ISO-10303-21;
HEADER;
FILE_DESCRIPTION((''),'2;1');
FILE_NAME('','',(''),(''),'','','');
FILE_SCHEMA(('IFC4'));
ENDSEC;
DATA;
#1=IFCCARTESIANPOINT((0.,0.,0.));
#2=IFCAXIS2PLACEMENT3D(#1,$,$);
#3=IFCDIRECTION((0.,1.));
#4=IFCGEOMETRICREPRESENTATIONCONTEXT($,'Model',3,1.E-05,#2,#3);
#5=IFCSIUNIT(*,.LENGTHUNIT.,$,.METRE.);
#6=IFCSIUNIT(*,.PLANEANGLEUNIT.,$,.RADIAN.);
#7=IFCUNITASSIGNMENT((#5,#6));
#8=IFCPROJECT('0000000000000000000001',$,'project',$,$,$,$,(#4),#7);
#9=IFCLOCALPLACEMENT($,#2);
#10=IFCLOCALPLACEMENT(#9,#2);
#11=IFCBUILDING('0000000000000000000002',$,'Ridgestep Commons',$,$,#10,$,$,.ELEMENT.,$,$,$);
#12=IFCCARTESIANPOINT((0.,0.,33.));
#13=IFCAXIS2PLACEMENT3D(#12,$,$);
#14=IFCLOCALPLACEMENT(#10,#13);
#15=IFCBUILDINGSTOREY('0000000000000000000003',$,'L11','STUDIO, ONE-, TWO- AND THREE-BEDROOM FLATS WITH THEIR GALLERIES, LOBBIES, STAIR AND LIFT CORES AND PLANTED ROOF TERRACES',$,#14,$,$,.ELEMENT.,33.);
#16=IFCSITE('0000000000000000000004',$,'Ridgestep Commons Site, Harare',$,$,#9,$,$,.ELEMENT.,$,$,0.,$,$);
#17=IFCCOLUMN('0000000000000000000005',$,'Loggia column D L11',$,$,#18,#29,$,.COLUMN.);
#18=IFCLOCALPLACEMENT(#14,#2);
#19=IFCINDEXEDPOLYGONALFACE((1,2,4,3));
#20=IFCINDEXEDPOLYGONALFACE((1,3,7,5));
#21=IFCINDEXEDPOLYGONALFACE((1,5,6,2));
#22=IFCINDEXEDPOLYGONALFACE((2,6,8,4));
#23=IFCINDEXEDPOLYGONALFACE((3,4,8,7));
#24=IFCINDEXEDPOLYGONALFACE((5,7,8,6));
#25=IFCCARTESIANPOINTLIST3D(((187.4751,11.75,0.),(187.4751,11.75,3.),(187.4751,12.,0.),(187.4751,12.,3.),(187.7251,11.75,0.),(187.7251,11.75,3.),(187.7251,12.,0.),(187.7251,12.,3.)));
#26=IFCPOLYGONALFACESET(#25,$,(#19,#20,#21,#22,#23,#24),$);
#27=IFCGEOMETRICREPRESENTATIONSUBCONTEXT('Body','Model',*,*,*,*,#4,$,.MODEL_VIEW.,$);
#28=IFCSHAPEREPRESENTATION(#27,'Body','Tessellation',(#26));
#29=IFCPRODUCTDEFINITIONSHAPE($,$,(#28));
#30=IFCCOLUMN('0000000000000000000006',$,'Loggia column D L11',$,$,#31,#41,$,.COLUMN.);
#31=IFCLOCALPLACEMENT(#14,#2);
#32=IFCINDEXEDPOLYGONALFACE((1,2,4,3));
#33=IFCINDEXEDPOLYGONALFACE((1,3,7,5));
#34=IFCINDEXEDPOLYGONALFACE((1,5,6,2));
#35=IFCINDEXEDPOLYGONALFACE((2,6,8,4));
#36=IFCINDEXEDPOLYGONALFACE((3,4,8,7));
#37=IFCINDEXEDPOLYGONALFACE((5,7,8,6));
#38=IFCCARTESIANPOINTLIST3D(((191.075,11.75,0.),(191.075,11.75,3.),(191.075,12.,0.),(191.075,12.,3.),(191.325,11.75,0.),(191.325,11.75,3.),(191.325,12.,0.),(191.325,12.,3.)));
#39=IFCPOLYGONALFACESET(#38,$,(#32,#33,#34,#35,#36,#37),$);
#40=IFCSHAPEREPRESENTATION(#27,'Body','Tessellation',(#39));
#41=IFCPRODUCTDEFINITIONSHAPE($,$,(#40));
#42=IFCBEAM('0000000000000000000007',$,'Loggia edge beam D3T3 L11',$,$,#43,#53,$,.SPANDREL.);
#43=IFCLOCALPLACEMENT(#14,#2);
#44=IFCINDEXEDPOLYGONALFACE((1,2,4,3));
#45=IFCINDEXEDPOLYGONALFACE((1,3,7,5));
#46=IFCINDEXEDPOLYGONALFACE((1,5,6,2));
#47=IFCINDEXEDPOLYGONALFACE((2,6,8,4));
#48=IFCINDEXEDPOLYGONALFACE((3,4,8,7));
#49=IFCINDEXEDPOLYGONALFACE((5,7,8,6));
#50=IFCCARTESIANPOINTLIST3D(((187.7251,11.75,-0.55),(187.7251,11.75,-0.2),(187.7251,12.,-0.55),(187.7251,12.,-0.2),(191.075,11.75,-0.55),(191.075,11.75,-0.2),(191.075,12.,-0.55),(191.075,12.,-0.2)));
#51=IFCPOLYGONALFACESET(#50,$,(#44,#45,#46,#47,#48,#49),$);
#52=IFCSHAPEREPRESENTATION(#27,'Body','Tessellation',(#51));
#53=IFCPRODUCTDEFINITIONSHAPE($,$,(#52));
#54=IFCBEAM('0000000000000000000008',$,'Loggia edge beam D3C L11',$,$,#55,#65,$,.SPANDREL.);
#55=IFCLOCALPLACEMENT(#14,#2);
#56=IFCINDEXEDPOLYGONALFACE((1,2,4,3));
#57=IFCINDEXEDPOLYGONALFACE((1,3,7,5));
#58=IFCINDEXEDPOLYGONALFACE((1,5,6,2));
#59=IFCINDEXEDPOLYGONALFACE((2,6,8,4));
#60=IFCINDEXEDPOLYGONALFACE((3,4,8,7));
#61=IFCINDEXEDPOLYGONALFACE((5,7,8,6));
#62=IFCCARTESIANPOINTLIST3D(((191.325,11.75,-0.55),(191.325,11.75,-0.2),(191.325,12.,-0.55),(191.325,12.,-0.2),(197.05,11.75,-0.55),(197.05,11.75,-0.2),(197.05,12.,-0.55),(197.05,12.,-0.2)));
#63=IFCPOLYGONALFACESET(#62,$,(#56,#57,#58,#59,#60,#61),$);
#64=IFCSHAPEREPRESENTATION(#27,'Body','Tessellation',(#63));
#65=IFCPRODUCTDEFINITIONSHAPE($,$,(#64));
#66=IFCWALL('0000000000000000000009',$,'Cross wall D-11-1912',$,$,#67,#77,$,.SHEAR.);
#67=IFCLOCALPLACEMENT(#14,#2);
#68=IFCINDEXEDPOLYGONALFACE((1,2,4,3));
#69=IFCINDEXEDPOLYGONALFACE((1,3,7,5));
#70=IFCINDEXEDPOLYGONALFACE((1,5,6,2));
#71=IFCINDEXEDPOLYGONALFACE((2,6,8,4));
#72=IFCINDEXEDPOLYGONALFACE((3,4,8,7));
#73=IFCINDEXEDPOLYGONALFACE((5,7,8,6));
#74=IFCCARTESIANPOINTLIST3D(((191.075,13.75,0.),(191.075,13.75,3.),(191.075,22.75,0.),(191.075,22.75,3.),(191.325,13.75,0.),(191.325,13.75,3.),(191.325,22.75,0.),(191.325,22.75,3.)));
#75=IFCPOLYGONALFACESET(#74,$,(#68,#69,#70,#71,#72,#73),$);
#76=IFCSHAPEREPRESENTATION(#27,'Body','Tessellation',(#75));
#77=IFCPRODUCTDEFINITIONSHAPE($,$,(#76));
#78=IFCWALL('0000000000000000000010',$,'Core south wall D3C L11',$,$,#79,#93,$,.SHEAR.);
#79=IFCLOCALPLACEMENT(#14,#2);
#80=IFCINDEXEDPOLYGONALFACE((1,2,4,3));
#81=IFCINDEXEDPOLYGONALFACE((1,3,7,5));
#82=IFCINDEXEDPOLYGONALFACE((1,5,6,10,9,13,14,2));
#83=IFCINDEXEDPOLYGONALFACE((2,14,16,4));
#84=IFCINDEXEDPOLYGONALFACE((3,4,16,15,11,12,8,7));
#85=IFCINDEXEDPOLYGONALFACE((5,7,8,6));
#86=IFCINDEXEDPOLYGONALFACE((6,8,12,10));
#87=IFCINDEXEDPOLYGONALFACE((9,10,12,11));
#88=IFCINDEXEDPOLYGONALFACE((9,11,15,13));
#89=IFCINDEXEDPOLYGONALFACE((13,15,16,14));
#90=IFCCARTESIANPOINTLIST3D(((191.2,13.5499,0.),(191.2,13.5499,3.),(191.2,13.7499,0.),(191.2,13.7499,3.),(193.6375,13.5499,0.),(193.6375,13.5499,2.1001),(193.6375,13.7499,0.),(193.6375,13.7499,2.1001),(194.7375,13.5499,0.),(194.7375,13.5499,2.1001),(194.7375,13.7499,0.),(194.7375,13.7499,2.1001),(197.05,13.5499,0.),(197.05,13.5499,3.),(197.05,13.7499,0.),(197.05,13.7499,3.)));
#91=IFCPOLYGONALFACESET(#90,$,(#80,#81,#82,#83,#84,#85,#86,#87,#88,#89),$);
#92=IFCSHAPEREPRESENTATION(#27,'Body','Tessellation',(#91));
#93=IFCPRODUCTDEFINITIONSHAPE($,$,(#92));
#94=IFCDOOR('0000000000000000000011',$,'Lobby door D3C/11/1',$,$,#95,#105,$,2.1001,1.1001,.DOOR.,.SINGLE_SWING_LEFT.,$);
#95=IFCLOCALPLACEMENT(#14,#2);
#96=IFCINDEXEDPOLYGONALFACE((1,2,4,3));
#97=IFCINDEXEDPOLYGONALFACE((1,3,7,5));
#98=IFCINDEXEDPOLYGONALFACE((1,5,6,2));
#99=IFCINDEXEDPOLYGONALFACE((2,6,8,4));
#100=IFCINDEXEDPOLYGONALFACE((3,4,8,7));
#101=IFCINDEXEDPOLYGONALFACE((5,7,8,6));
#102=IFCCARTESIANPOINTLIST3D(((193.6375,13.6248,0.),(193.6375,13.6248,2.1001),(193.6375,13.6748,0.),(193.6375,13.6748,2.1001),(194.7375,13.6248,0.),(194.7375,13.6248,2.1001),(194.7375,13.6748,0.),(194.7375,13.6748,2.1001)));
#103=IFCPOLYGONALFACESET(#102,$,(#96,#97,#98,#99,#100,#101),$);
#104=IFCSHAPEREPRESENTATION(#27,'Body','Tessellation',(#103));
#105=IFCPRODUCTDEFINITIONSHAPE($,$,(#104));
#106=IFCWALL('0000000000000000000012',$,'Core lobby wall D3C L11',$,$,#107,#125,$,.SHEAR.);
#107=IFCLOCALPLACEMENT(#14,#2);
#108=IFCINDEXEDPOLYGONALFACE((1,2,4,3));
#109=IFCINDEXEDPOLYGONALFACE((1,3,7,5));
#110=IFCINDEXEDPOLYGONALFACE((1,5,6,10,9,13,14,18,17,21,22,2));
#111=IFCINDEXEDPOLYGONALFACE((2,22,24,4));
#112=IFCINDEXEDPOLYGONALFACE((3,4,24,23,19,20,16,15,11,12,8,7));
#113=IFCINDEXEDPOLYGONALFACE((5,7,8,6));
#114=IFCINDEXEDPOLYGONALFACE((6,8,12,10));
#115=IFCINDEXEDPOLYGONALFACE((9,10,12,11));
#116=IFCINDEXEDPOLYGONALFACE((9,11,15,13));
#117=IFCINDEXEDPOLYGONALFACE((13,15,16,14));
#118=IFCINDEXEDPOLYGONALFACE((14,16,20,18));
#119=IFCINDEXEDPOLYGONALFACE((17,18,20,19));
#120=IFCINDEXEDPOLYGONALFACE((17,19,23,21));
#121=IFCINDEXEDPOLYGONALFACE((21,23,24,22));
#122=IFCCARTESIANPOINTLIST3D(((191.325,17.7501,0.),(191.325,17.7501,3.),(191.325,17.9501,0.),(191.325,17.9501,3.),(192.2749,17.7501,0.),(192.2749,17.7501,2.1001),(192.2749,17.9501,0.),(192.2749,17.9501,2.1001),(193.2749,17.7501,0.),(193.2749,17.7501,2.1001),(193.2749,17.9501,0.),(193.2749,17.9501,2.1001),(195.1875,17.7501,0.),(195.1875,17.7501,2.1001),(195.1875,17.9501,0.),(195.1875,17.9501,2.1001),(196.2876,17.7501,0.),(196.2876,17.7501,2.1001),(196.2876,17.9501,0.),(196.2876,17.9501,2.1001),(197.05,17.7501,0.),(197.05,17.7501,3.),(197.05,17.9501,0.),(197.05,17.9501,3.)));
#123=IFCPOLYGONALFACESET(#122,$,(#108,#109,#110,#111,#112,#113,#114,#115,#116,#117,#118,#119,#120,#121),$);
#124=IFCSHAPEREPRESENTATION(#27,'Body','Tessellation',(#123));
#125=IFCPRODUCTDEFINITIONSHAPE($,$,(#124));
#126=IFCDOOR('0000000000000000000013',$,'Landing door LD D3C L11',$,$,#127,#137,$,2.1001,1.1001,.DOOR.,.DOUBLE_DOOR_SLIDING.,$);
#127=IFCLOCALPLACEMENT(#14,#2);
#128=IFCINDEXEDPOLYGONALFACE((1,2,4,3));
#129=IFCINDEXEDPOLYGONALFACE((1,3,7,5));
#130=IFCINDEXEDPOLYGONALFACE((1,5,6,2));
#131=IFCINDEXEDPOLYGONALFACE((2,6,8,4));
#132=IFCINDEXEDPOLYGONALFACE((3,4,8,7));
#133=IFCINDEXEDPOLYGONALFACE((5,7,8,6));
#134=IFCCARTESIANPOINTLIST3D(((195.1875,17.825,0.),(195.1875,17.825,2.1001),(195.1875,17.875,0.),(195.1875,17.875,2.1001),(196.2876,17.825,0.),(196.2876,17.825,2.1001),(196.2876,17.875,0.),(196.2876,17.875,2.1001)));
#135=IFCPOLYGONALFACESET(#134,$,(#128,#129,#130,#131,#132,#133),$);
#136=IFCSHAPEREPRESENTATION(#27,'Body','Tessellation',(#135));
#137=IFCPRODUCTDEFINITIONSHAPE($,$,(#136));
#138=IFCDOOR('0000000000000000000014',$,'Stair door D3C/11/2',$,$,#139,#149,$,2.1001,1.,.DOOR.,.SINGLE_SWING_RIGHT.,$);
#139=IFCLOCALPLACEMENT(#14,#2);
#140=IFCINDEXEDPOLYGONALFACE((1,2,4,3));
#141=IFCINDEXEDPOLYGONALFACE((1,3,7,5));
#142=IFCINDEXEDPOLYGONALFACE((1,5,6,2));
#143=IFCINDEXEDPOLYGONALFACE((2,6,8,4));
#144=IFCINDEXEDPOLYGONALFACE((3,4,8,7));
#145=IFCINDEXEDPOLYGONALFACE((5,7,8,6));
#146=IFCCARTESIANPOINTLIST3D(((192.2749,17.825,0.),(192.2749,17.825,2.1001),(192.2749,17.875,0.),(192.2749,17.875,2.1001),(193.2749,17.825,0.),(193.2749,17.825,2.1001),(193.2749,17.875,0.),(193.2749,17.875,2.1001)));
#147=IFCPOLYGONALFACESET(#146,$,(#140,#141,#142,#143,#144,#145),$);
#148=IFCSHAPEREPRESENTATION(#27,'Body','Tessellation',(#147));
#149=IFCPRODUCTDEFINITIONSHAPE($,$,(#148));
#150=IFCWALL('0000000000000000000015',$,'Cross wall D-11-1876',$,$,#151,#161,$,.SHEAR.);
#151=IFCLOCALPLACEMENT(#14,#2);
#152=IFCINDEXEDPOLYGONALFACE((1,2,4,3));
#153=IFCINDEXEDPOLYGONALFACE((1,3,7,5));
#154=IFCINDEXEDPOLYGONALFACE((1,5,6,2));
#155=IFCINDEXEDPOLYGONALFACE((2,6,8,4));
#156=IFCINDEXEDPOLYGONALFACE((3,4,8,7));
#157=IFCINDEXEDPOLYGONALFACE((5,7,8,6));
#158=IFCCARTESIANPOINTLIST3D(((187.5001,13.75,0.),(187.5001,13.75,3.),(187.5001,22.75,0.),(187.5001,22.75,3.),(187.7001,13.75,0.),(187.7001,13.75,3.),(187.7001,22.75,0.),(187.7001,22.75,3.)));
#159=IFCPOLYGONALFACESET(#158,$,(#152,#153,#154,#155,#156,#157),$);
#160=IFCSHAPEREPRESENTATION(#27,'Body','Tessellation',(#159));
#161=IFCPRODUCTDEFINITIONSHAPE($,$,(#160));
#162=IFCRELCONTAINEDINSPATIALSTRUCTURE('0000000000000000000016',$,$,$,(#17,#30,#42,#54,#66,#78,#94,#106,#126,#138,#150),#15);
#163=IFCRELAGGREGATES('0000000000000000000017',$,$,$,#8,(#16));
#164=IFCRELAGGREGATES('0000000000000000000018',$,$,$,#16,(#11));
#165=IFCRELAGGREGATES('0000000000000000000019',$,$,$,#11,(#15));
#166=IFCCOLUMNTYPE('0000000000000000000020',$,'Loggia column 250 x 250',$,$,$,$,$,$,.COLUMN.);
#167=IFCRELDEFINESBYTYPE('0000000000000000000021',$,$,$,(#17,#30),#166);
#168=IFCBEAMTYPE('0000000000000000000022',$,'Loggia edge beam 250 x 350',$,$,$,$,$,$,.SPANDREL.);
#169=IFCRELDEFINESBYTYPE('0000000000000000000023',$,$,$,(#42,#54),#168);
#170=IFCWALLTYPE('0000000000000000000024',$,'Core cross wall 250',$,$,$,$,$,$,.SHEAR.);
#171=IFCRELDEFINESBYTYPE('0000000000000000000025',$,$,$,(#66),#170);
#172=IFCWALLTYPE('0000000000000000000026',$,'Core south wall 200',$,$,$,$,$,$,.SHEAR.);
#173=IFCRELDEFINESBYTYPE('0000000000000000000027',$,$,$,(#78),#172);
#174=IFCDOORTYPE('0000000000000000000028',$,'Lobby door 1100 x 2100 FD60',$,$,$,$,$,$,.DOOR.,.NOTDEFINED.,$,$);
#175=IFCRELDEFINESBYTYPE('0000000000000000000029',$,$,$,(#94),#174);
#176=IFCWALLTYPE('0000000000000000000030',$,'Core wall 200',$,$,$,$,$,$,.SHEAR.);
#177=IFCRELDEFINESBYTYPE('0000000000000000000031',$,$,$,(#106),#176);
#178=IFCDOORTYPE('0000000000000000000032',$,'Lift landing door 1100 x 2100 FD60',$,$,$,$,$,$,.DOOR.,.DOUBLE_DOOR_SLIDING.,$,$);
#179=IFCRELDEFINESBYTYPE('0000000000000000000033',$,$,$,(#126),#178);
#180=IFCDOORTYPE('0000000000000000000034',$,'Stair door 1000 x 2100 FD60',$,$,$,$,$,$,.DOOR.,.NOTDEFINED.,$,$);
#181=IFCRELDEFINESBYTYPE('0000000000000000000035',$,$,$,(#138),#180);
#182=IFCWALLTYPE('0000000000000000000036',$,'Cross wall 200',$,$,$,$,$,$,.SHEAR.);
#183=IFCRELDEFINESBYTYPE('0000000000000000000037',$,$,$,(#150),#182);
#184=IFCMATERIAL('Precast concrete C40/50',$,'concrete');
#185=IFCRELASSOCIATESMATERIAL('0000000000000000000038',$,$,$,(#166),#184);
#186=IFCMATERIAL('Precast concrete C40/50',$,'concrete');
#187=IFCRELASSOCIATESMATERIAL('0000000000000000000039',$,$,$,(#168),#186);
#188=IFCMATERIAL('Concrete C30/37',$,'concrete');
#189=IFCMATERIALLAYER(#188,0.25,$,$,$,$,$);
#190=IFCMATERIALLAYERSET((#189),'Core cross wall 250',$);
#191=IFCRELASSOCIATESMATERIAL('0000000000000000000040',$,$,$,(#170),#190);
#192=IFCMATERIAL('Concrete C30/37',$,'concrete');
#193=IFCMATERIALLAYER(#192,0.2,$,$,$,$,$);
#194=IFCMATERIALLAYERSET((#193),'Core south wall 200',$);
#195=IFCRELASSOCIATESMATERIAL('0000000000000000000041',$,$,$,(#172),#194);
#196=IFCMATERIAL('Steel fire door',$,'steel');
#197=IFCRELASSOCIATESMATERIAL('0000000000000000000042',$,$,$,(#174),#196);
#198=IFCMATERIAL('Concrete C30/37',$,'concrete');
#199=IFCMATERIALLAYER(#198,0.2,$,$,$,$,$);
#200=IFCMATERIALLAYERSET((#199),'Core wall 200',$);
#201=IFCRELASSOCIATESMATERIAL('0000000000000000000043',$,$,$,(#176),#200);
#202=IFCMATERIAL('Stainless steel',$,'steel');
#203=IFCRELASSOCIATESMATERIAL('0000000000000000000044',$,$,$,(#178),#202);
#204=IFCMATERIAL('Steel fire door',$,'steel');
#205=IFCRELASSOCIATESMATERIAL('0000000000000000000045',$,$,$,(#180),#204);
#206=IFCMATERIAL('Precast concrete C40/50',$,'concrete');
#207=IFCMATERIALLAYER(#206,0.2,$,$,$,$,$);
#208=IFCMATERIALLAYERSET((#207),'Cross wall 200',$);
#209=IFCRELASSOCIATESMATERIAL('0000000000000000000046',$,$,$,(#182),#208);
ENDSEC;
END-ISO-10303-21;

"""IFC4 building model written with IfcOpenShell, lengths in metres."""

from ifc_helpers import new_model, si_unit, direction, frame, frame_2d, origin, origin_2d, place, context, subcontext, project, spatial, rectangle, extrude, material, layer, layer_set, material_profile, profile_set, type_object, element, fill, save


model = new_model("IFC4")

# Units and contexts
model_context = context("Model", 3, precision=1e-05, world=origin(), true_north=direction((0.0, 1.0)))
body_context = subcontext(model_context, "Body", "Model", "MODEL_VIEW")
ifc_project = project(units=[si_unit("LENGTHUNIT", "METRE"), si_unit("PLANEANGLEUNIT", "RADIAN")], contexts=[model_context])

# Site, building, storey
site_placement = place(None, origin())
site = spatial("IfcSite", under=ifc_project, at=site_placement, Name="Ridgestep Commons Site, Harare", CompositionType="ELEMENT", RefElevation=0.0)
building_placement = place(site_placement, origin())
building = spatial("IfcBuilding", under=site, at=building_placement, Name="Ridgestep Commons", CompositionType="ELEMENT")
storey_placement = place(building_placement, frame((0.0, 0.0, 33.0)))
storey = spatial("IfcBuildingStorey", under=building, at=storey_placement, Name="L11", Description="STUDIO, ONE-, TWO- AND THREE-BEDROOM FLATS WITH THEIR GALLERIES, LOBBIES, STAIR AND LIFT CORES AND PLANTED ROOF TERRACES", CompositionType="ELEMENT", Elevation=33.0)

# Columns
ifc_material_1 = material(Name="Precast concrete C40/50", Category="concrete")
ifc_material_profile_1 = material_profile(ifc_material_1, rectangle(XDim=0.25, YDim=0.25, at=origin_2d()), Name="PC 250x250")
ifc_profile_set_1 = profile_set([ifc_material_profile_1], Name="Precast concrete C40/50")
column_type = type_object("IfcColumnType", Name="Loggia column 250 x 250", PredefinedType="COLUMN", material=ifc_profile_set_1)
for number, where, z_axis, x_axis, name in (
    (1, (187.6001, 11.875, 0.0), (0.0, 0.0, 1.0), (1.0, 0.0, 0.0), "Loggia column D L11"),
    (2, (191.2, 11.875, 0.0), (0.0, 0.0, 1.0), (1.0, 0.0, 0.0), "Loggia column D L11"),
):
    element("IfcColumn", number, at=place(storey_placement, frame(where, z_axis=z_axis, x_axis=x_axis)), inside=storey, type_object=column_type, Name=name, PredefinedType="COLUMN", context=body_context, shape_type="SweptSolid", body=[
        extrude(rectangle(XDim=0.25, YDim=0.25, at=origin_2d()), origin(), (0.0, 0.0, 1.0), 3.0),
    ])

# Beams
ifc_material_2 = material(Name="Precast concrete C40/50", Category="concrete")
ifc_material_profile_2 = material_profile(ifc_material_2, rectangle(XDim=0.25, YDim=0.3501, at=origin_2d()), Name="PC 250x350")
ifc_profile_set_2 = profile_set([ifc_material_profile_2], Name="Precast concrete C40/50")
beam_type = type_object("IfcBeamType", Name="Loggia edge beam 250 x 350", PredefinedType="SPANDREL", material=ifc_profile_set_2)
beam_1_placement = place(storey_placement, frame((187.7251, 11.875, -0.375), z_axis=(1.0, 0.0, 0.0), x_axis=(0.0, 1.0, 0.0)))
element("IfcBeam", 3, at=beam_1_placement, inside=storey, type_object=beam_type, Name="Loggia edge beam D3T3 L11", PredefinedType="SPANDREL", context=body_context, shape_type="SweptSolid", body=[
    extrude(rectangle(XDim=0.25, YDim=0.3501, at=origin_2d()), origin(), (0.0, 0.0, 1.0), 3.3499),
])
beam_2_placement = place(storey_placement, frame((191.325, 11.875, -0.375), z_axis=(1.0, 0.0, 0.0), x_axis=(0.0, 1.0, 0.0)))
element("IfcBeam", 4, at=beam_2_placement, inside=storey, type_object=beam_type, Name="Loggia edge beam D3C L11", PredefinedType="SPANDREL", context=body_context, shape_type="SweptSolid", body=[
    extrude(rectangle(XDim=0.25, YDim=0.3501, at=origin_2d()), origin(), (0.0, 0.0, 1.0), 5.7251),
])

# Wall
ifc_material_3 = material(Name="Concrete C30/37", Category="concrete")
ifc_layer_1 = layer(ifc_material_3, 0.25)
ifc_layer_set_1 = layer_set([ifc_layer_1], Name="Core cross wall 250")
wall_type_1 = type_object("IfcWallType", Name="Core cross wall 250", PredefinedType="SHEAR", material=ifc_layer_set_1)
wall_1_placement = place(storey_placement, frame((191.2, 13.75, 0.0), z_axis=(0.0, 0.0, 1.0), x_axis=(0.0, 1.0, 0.0)))
element("IfcWall", 5, at=wall_1_placement, inside=storey, type_object=wall_type_1, Name="Cross wall D-11-1912", PredefinedType="SHEAR", context=body_context, shape_type="SweptSolid", body=[
    extrude(rectangle(XDim=9.0, YDim=0.25, at=frame_2d((4.5, 0.0))), origin(), (0.0, 0.0, 1.0), 3.0),
])

# Wall, opening, door
ifc_material_4 = material(Name="Concrete C30/37", Category="concrete")
ifc_layer_2 = layer(ifc_material_4, 0.2)
ifc_layer_set_2 = layer_set([ifc_layer_2], Name="Core south wall 200")
wall_type_2 = type_object("IfcWallType", Name="Core south wall 200", PredefinedType="SHEAR", material=ifc_layer_set_2)
wall_2_placement = place(storey_placement, frame((191.2, 13.6499, 0.0), z_axis=(0.0, 0.0, 1.0), x_axis=(1.0, 0.0, 0.0)))
wall_2 = element("IfcWall", 6, at=wall_2_placement, inside=storey, type_object=wall_type_2, Name="Core south wall D3C L11", PredefinedType="SHEAR", context=body_context, shape_type="SweptSolid", body=[
    extrude(rectangle(XDim=5.8501, YDim=0.2, at=frame_2d((2.925, 0.0))), origin(), (0.0, 0.0, 1.0), 3.0),
])
opening_1_placement = place(wall_2_placement, frame((2.4375, 0.0, 0.0)))
opening_1 = element("IfcOpeningElement", 7, at=opening_1_placement, cuts=wall_2, PredefinedType="OPENING", context=body_context, shape_type="SweptSolid", body=[
    extrude(rectangle(XDim=1.1001, YDim=2.1001, at=frame_2d((0.55, 1.05))), frame((0.0, 0.1099, 0.0), z_axis=(0.0, -1.0, 0.0), x_axis=(1.0, 0.0, 0.0)), (0.0, 0.0, 1.0), 0.22),
])
ifc_material_5 = material(Name="Steel fire door", Category="steel")
door_type_1 = type_object("IfcDoorType", Name="Lobby door 1100 x 2100 FD60", OperationType="NOTDEFINED", PredefinedType="DOOR", material=ifc_material_5)
door_1_placement = place(opening_1_placement, origin())
door_1 = element("IfcDoor", 8, at=door_1_placement, inside=storey, type_object=door_type_1, Name="Lobby door D3C/11/1", OperationType="SINGLE_SWING_LEFT", OverallHeight=2.1001, OverallWidth=1.1001, PredefinedType="DOOR", context=body_context, shape_type="SweptSolid", body=[
    extrude(rectangle(XDim=1.1001, YDim=2.1001, at=frame_2d((0.55, 1.05))), frame((0.0, 0.0249, 0.0), z_axis=(0.0, -1.0, 0.0), x_axis=(1.0, 0.0, 0.0)), (0.0, 0.0, 1.0), 0.05),
])
fill(opening_1, door_1)

# Wall, openings, doors
ifc_material_6 = material(Name="Concrete C30/37", Category="concrete")
ifc_layer_3 = layer(ifc_material_6, 0.2)
ifc_layer_set_3 = layer_set([ifc_layer_3], Name="Core wall 200")
wall_type_3 = type_object("IfcWallType", Name="Core wall 200", PredefinedType="SHEAR", material=ifc_layer_set_3)
wall_3_placement = place(storey_placement, frame((191.325, 17.8501, 0.0), z_axis=(0.0, 0.0, 1.0), x_axis=(1.0, 0.0, 0.0)))
wall_3 = element("IfcWall", 9, at=wall_3_placement, inside=storey, type_object=wall_type_3, Name="Core lobby wall D3C L11", PredefinedType="SHEAR", context=body_context, shape_type="SweptSolid", body=[
    extrude(rectangle(XDim=5.7251, YDim=0.2, at=frame_2d((2.8625, 0.0))), origin(), (0.0, 0.0, 1.0), 3.0),
])
opening_2_placement = place(wall_3_placement, frame((0.95, 0.0, 0.0)))
opening_2 = element("IfcOpeningElement", 10, at=opening_2_placement, cuts=wall_3, PredefinedType="OPENING", context=body_context, shape_type="SweptSolid", body=[
    extrude(rectangle(XDim=1.0, YDim=2.1001, at=frame_2d((0.5, 1.05))), frame((0.0, 0.1099, 0.0), z_axis=(0.0, -1.0, 0.0), x_axis=(1.0, 0.0, 0.0)), (0.0, 0.0, 1.0), 0.22),
])
opening_3_placement = place(wall_3_placement, frame((3.8625, 0.0, 0.0)))
opening_3 = element("IfcOpeningElement", 11, at=opening_3_placement, cuts=wall_3, PredefinedType="OPENING", context=body_context, shape_type="SweptSolid", body=[
    extrude(rectangle(XDim=1.1001, YDim=2.1001, at=frame_2d((0.55, 1.05))), frame((0.0, 0.1099, 0.0), z_axis=(0.0, -1.0, 0.0), x_axis=(1.0, 0.0, 0.0)), (0.0, 0.0, 1.0), 0.22),
])
ifc_material_7 = material(Name="Stainless steel", Category="steel")
door_type_2 = type_object("IfcDoorType", Name="Lift landing door 1100 x 2100 FD60", OperationType="DOUBLE_DOOR_SLIDING", PredefinedType="DOOR", material=ifc_material_7)
door_2_placement = place(opening_3_placement, origin())
door_2 = element("IfcDoor", 12, at=door_2_placement, inside=storey, type_object=door_type_2, Name="Landing door LD D3C L11", OperationType="DOUBLE_DOOR_SLIDING", OverallHeight=2.1001, OverallWidth=1.1001, PredefinedType="DOOR", context=body_context, shape_type="SweptSolid", body=[
    extrude(rectangle(XDim=1.1001, YDim=2.1001, at=frame_2d((0.55, 1.05))), frame((0.0, 0.0249, 0.0), z_axis=(0.0, -1.0, 0.0), x_axis=(1.0, 0.0, 0.0)), (0.0, 0.0, 1.0), 0.05),
])
fill(opening_3, door_2)
ifc_material_8 = material(Name="Steel fire door", Category="steel")
door_type_3 = type_object("IfcDoorType", Name="Stair door 1000 x 2100 FD60", OperationType="NOTDEFINED", PredefinedType="DOOR", material=ifc_material_8)
door_3_placement = place(opening_2_placement, origin())
door_3 = element("IfcDoor", 13, at=door_3_placement, inside=storey, type_object=door_type_3, Name="Stair door D3C/11/2", OperationType="SINGLE_SWING_RIGHT", OverallHeight=2.1001, OverallWidth=1.0, PredefinedType="DOOR", context=body_context, shape_type="SweptSolid", body=[
    extrude(rectangle(XDim=1.0, YDim=2.1001, at=frame_2d((0.5, 1.05))), frame((0.0, 0.0249, 0.0), z_axis=(0.0, -1.0, 0.0), x_axis=(1.0, 0.0, 0.0)), (0.0, 0.0, 1.0), 0.05),
])
fill(opening_2, door_3)

# Wall
ifc_material_9 = material(Name="Precast concrete C40/50", Category="concrete")
ifc_layer_4 = layer(ifc_material_9, 0.2)
ifc_layer_set_4 = layer_set([ifc_layer_4], Name="Cross wall 200")
wall_type_4 = type_object("IfcWallType", Name="Cross wall 200", PredefinedType="SHEAR", material=ifc_layer_set_4)
wall_4_placement = place(storey_placement, frame((187.6001, 13.75, 0.0), z_axis=(0.0, 0.0, 1.0), x_axis=(0.0, 1.0, 0.0)))
element("IfcWall", 14, at=wall_4_placement, inside=storey, type_object=wall_type_4, Name="Cross wall D-11-1876", PredefinedType="SHEAR", context=body_context, shape_type="SweptSolid", body=[
    extrude(rectangle(XDim=9.0, YDim=0.2, at=frame_2d((4.5, 0.0))), origin(), (0.0, 0.0, 1.0), 3.0),
])

save(model, "model.ifc")
